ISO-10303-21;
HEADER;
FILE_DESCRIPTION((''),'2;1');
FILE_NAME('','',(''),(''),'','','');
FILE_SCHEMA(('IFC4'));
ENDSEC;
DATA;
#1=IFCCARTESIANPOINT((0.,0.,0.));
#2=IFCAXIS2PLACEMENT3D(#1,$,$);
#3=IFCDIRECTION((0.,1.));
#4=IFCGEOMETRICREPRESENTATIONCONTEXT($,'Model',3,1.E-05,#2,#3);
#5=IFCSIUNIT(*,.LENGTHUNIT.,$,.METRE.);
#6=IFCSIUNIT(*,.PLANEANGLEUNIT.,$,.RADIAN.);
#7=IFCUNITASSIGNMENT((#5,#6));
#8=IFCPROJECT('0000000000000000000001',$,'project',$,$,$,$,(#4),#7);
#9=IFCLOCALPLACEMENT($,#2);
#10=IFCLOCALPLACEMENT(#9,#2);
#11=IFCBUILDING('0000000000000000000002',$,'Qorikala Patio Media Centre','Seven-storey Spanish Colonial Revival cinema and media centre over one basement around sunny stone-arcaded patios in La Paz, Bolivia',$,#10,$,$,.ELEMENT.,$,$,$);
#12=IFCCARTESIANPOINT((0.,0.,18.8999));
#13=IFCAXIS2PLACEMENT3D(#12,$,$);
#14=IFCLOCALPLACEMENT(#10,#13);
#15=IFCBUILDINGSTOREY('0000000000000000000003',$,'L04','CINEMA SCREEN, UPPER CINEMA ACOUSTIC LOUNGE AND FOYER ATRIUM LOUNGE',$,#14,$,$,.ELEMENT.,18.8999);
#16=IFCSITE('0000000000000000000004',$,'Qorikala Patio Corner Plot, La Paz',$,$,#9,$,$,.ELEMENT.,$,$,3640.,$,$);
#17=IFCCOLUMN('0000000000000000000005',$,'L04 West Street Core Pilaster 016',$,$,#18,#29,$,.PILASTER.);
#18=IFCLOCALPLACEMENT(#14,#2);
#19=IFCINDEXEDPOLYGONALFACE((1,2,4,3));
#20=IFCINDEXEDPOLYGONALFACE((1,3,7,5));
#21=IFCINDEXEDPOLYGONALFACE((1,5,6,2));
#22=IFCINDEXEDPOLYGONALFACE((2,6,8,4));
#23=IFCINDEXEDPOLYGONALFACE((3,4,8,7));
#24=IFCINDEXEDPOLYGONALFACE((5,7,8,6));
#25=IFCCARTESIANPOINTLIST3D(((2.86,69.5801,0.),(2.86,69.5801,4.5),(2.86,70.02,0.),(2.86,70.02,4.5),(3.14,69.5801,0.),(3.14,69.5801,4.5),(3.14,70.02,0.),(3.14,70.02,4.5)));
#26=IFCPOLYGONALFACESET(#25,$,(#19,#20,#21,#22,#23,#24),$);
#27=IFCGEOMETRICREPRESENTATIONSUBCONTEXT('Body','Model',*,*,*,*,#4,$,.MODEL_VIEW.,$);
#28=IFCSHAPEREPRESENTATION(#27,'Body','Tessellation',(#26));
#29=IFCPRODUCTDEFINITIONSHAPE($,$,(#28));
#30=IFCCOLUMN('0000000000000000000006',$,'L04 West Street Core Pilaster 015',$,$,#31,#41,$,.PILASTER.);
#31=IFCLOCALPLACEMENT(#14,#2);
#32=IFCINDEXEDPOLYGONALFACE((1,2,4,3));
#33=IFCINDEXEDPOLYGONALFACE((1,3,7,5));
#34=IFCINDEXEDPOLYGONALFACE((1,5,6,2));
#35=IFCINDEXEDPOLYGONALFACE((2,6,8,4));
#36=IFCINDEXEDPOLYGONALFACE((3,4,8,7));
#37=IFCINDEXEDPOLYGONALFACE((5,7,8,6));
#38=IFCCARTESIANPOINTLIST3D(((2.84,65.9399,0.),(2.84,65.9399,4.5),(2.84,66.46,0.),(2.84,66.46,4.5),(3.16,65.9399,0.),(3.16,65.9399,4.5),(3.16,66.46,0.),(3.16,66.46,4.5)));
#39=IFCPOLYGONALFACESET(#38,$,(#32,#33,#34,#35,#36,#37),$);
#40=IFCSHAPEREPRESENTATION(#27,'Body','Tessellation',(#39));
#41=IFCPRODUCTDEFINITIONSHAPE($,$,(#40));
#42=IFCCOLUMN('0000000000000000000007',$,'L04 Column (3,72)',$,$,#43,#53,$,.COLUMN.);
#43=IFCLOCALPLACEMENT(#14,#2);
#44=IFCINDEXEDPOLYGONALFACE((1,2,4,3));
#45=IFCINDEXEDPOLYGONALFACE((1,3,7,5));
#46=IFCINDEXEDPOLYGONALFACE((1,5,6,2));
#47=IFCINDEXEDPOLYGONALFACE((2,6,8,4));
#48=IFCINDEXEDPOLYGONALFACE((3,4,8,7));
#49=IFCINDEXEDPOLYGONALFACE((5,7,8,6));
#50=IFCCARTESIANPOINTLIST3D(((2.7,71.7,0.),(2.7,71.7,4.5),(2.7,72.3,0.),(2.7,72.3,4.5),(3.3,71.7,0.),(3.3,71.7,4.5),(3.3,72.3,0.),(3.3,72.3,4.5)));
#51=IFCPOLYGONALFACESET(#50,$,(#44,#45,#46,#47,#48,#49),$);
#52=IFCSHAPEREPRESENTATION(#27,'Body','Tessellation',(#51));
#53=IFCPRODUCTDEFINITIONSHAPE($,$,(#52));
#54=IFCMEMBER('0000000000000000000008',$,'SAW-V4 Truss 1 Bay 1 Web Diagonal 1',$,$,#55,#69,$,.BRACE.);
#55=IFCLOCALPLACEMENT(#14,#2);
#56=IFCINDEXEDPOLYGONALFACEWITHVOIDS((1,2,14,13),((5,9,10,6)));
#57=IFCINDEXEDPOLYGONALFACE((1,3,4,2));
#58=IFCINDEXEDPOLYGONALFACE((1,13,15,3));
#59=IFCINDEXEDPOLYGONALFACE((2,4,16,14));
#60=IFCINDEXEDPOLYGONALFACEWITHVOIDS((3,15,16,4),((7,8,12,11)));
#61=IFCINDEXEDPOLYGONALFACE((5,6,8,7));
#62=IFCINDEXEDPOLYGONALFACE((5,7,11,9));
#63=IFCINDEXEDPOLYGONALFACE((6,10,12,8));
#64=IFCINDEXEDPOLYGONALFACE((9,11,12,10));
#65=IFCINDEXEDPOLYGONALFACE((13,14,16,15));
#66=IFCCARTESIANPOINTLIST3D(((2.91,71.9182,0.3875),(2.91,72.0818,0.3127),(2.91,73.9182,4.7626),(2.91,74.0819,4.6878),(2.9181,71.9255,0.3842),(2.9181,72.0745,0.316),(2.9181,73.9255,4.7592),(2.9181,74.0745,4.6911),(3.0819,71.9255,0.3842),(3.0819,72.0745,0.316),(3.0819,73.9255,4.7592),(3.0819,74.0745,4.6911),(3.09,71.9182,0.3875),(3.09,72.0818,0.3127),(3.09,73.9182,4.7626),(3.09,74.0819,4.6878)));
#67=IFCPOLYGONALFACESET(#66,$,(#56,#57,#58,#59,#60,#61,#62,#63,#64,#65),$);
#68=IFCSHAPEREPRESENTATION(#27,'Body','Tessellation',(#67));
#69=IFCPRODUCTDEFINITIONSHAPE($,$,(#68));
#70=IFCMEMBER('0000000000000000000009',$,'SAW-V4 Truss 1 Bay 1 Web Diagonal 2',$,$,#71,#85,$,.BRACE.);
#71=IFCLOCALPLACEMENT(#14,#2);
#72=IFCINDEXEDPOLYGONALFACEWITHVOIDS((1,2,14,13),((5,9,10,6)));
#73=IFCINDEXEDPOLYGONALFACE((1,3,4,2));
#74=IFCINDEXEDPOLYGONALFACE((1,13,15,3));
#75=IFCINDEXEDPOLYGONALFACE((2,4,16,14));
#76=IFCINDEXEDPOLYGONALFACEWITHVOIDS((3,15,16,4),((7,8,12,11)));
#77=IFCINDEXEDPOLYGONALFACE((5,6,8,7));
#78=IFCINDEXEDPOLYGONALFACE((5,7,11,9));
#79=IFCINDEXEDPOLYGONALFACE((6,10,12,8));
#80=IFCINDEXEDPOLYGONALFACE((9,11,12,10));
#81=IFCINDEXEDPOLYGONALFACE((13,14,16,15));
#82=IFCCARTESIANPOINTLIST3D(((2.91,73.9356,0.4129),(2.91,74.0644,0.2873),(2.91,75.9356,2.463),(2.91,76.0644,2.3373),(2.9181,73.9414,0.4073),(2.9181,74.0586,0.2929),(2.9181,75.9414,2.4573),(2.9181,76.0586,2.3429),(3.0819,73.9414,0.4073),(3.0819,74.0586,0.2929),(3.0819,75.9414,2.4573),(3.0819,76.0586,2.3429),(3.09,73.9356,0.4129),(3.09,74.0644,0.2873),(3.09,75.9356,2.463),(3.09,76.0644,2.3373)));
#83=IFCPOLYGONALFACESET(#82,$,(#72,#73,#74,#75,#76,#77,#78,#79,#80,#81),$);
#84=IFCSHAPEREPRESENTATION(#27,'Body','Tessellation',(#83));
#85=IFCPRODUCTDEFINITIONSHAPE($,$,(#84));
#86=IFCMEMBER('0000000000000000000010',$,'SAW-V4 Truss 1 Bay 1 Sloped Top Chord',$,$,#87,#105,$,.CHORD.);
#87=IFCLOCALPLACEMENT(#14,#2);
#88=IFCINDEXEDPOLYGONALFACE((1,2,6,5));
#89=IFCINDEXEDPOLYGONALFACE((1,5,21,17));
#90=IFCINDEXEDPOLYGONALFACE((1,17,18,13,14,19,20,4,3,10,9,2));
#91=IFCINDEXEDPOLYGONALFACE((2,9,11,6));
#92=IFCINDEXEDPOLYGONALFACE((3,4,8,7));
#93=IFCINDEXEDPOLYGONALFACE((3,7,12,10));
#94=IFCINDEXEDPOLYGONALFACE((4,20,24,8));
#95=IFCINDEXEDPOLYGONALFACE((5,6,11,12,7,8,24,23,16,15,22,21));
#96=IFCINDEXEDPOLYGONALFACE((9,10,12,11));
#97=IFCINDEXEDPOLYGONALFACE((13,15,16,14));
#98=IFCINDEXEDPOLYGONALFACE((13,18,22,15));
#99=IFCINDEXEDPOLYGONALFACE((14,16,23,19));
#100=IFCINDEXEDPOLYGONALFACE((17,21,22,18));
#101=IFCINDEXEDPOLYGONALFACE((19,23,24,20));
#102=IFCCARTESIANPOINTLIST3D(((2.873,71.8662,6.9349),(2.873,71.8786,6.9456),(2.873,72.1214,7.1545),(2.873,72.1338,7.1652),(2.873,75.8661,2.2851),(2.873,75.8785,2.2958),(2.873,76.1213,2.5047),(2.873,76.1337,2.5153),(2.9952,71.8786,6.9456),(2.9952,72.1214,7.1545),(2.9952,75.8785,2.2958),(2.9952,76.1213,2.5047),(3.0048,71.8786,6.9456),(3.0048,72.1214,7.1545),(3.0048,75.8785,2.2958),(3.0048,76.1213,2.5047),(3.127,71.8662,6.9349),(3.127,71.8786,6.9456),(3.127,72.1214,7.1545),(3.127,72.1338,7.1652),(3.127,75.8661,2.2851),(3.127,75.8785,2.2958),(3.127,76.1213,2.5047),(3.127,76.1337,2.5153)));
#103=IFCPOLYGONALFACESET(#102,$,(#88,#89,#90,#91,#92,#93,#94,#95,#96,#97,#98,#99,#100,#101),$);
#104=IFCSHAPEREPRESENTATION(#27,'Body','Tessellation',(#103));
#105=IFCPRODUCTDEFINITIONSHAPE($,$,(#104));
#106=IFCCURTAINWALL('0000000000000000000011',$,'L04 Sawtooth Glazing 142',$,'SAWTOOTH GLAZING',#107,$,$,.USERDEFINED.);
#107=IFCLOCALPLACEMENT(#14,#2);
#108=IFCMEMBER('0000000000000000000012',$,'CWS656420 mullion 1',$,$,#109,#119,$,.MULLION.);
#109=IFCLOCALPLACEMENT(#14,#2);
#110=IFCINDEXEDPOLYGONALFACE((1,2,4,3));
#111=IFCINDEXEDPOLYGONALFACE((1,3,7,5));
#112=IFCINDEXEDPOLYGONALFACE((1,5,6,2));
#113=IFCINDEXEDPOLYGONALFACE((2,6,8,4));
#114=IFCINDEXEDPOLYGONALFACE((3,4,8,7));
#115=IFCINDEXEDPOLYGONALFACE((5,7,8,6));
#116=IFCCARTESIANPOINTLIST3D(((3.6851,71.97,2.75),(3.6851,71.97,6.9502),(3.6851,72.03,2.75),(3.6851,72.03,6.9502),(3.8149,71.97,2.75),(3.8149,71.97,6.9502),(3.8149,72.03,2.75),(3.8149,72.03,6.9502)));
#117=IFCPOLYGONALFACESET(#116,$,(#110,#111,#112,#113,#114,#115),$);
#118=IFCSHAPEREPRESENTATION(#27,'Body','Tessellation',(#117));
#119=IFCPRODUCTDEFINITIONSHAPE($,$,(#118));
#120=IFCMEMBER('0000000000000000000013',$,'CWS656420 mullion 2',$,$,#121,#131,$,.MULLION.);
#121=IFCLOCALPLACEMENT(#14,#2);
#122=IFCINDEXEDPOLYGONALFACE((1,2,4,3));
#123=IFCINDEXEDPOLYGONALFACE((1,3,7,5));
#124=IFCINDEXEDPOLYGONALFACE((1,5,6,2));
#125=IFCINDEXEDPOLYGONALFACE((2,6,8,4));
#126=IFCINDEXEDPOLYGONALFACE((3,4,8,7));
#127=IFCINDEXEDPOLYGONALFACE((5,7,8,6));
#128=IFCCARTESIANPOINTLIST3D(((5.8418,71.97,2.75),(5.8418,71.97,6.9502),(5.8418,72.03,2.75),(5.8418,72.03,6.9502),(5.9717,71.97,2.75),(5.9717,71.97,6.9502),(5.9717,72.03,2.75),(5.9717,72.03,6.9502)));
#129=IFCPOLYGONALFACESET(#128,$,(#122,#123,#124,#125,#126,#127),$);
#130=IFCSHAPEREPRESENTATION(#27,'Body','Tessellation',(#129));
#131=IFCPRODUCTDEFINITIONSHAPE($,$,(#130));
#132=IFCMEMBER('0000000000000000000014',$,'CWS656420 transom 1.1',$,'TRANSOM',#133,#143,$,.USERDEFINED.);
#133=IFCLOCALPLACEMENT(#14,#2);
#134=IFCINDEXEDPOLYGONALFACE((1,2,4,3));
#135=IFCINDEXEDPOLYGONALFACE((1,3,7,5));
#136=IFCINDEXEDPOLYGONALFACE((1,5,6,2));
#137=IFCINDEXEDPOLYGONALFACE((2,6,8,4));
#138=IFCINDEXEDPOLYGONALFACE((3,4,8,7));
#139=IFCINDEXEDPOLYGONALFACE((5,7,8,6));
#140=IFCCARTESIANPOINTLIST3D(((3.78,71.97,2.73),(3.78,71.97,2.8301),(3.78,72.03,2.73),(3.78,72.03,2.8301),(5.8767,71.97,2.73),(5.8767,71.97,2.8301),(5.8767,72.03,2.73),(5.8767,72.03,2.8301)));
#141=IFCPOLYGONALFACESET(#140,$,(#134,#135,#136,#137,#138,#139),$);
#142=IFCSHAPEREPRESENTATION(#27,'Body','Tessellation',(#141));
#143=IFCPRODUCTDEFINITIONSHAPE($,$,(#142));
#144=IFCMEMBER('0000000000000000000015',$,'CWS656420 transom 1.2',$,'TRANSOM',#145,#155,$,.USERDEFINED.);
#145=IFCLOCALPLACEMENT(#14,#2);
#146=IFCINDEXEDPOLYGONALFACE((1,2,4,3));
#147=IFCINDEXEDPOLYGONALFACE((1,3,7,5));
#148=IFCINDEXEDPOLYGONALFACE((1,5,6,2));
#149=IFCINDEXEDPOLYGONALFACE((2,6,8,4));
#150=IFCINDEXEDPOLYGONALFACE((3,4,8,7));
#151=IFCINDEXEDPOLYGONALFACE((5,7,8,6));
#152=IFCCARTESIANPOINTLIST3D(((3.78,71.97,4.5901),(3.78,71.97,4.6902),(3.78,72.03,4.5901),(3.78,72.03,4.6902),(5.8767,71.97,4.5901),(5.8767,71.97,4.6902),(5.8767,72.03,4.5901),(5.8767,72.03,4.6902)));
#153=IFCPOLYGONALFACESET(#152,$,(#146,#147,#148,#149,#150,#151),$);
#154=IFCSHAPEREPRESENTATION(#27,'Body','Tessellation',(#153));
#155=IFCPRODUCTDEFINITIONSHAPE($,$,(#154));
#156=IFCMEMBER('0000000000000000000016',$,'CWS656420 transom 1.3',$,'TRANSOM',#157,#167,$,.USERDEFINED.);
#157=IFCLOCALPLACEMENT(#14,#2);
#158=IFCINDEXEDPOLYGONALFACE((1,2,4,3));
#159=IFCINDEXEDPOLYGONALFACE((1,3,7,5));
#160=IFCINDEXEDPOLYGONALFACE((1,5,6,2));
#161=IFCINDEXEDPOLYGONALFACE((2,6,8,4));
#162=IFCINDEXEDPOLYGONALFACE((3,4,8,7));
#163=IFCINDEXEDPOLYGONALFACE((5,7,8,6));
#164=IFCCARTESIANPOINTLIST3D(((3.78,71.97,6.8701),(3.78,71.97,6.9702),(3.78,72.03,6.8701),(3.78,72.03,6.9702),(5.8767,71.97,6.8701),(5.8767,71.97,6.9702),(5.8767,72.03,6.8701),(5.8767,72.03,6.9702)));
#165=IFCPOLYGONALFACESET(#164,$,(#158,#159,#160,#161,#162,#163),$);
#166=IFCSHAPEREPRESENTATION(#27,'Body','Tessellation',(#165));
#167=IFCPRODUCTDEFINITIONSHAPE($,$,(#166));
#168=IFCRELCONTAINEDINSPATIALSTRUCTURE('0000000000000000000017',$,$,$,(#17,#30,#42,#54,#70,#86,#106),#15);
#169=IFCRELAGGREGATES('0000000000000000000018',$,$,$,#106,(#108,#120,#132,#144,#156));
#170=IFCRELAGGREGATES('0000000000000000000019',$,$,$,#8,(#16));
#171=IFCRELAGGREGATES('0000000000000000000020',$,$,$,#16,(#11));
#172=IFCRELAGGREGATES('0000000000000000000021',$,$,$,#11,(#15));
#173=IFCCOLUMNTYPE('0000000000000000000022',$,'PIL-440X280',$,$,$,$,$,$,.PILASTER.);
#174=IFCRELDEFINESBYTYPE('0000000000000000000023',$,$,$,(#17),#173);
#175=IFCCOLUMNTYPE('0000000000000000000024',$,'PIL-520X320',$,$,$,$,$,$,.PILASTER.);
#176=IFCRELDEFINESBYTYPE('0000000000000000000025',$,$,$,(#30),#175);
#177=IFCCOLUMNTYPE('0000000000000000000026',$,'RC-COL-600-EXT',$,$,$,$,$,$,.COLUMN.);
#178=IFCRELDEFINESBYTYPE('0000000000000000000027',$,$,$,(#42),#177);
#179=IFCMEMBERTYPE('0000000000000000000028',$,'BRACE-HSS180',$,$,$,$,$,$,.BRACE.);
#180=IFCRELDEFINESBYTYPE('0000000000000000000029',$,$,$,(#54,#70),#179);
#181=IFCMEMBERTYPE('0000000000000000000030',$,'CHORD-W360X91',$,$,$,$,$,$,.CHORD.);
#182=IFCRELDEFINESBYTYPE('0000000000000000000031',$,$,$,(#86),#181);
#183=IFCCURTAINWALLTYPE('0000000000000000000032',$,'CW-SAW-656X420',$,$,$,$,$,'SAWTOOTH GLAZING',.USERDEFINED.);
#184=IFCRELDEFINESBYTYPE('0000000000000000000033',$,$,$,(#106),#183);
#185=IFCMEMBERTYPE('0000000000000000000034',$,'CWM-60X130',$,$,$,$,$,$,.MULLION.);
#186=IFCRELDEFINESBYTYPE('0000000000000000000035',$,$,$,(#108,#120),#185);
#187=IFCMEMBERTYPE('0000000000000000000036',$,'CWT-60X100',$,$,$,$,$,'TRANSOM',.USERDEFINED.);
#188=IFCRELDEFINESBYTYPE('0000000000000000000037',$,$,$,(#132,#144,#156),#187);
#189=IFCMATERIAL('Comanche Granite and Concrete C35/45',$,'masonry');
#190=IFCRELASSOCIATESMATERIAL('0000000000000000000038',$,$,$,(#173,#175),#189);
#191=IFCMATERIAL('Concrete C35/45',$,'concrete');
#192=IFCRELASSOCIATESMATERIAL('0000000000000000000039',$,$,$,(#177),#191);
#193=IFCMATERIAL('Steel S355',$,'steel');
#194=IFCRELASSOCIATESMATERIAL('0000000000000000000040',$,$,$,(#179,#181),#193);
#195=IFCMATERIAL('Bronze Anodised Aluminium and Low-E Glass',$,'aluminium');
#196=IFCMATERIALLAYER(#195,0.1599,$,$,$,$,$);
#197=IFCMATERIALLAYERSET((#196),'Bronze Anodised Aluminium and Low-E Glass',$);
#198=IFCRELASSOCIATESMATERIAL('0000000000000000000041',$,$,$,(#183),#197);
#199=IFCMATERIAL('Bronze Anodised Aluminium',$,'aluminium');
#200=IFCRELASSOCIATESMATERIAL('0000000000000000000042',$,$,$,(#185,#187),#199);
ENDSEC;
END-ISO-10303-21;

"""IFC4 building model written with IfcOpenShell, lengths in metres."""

from ifc_helpers import new_model, si_unit, direction, frame, origin, origin_2d, place, context, subcontext, project, spatial, rectangle, hollow_rectangle, i_section, extrude, material, layer, layer_set, material_profile, profile_set, type_object, element, aggregate, save


model = new_model("IFC4")

# Units and contexts
model_context = context("Model", 3, precision=1e-05, world=origin(), true_north=direction((0.0, 1.0)))
body_context = subcontext(model_context, "Body", "Model", "MODEL_VIEW")
ifc_project = project(units=[si_unit("LENGTHUNIT", "METRE"), si_unit("PLANEANGLEUNIT", "RADIAN")], contexts=[model_context])

# Site, building, storey
site_placement = place(None, origin())
site = spatial("IfcSite", under=ifc_project, at=site_placement, Name="Qorikala Patio Corner Plot, La Paz", CompositionType="ELEMENT", RefElevation=3640.0)
building_placement = place(site_placement, origin())
building = spatial("IfcBuilding", under=site, at=building_placement, Name="Qorikala Patio Media Centre", Description="Seven-storey Spanish Colonial Revival cinema and media centre over one basement around sunny stone-arcaded patios in La Paz, Bolivia", CompositionType="ELEMENT")
storey_placement = place(building_placement, frame((0.0, 0.0, 18.8999)))
storey = spatial("IfcBuildingStorey", under=building, at=storey_placement, Name="L04", Description="CINEMA SCREEN, UPPER CINEMA ACOUSTIC LOUNGE AND FOYER ATRIUM LOUNGE", CompositionType="ELEMENT", Elevation=18.8999)

# Columns
ifc_material_1 = material(Name="Comanche Granite and Concrete C35/45", Category="masonry")
ifc_material_profile_1 = material_profile(ifc_material_1, rectangle(XDim=0.4399, YDim=0.28, at=origin_2d()), Name="PIL 440x280")
ifc_profile_set_1 = profile_set([ifc_material_profile_1], Name="Comanche Granite and Concrete C35/45")
column_type_1 = type_object("IfcColumnType", Name="PIL-440X280", PredefinedType="PILASTER", material=ifc_profile_set_1)
column_1_placement = place(storey_placement, frame((3.0, 69.8, 0.0), z_axis=(0.0, 0.0, 1.0), x_axis=(0.0, 1.0, 0.0)))
element("IfcColumn", 1, at=column_1_placement, inside=storey, type_object=column_type_1, Name="L04 West Street Core Pilaster 016", PredefinedType="PILASTER", context=body_context, shape_type="SweptSolid", body=[
    extrude(rectangle(XDim=0.4399, YDim=0.28, at=origin_2d()), origin(), (0.0, 0.0, 1.0), 4.5),
])
ifc_material_profile_2 = material_profile(ifc_material_1, rectangle(XDim=0.52, YDim=0.3201, at=origin_2d()), Name="PIL 520x320")
ifc_profile_set_2 = profile_set([ifc_material_profile_2], Name="Comanche Granite and Concrete C35/45")
column_type_2 = type_object("IfcColumnType", Name="PIL-520X320", PredefinedType="PILASTER", material=ifc_profile_set_2)
column_2_placement = place(storey_placement, frame((3.0, 66.2, 0.0), z_axis=(0.0, 0.0, 1.0), x_axis=(0.0, 1.0, 0.0)))
element("IfcColumn", 2, at=column_2_placement, inside=storey, type_object=column_type_2, Name="L04 West Street Core Pilaster 015", PredefinedType="PILASTER", context=body_context, shape_type="SweptSolid", body=[
    extrude(rectangle(XDim=0.52, YDim=0.3201, at=origin_2d()), origin(), (0.0, 0.0, 1.0), 4.5),
])
ifc_material_2 = material(Name="Concrete C35/45", Category="concrete")
ifc_material_profile_3 = material_profile(ifc_material_2, rectangle(XDim=0.6001, YDim=0.6001, at=origin_2d()), Name="RC 600x600")
ifc_profile_set_3 = profile_set([ifc_material_profile_3], Name="Concrete C35/45")
column_type_3 = type_object("IfcColumnType", Name="RC-COL-600-EXT", PredefinedType="COLUMN", material=ifc_profile_set_3)
column_3_placement = place(storey_placement, frame((3.0, 72.0, 0.0), z_axis=(0.0, 0.0, 1.0), x_axis=(1.0, 0.0, 0.0)))
element("IfcColumn", 3, at=column_3_placement, inside=storey, type_object=column_type_3, Name="L04 Column (3,72)", PredefinedType="COLUMN", context=body_context, shape_type="SweptSolid", body=[
    extrude(rectangle(XDim=0.6001, YDim=0.6001, at=origin_2d()), origin(), (0.0, 0.0, 1.0), 4.5),
])

# Members
ifc_material_3 = material(Name="Steel S355", Category="steel")
ifc_material_profile_4 = material_profile(ifc_material_3, hollow_rectangle(XDim=0.1799, YDim=0.1799, WallThickness=0.0081, at=origin_2d()), Name="HSS180X180X8")
ifc_profile_set_4 = profile_set([ifc_material_profile_4], Name="Steel S355")
member_type_1 = type_object("IfcMemberType", Name="BRACE-HSS180", PredefinedType="BRACE", material=ifc_profile_set_4)
member_1_placement = place(storey_placement, frame((3.0, 72.0, 0.3501), z_axis=(0.0, 0.41576, 0.909474), x_axis=(-1.0, 0.0, 0.0)))
element("IfcMember", 4, at=member_1_placement, inside=storey, type_object=member_type_1, Name="SAW-V4 Truss 1 Bay 1 Web Diagonal 1", PredefinedType="BRACE", context=body_context, shape_type="SweptSolid", body=[
    extrude(hollow_rectangle(XDim=0.1799, YDim=0.1799, WallThickness=0.0081, at=origin_2d()), origin(), (0.0, 0.0, 1.0), 4.8105),
])
member_2_placement = place(storey_placement, frame((3.0, 74.0, 0.3501), z_axis=(0.0, 0.698315, 0.71579), x_axis=(-1.0, 0.0, 0.0)))
element("IfcMember", 5, at=member_2_placement, inside=storey, type_object=member_type_1, Name="SAW-V4 Truss 1 Bay 1 Web Diagonal 2", PredefinedType="BRACE", context=body_context, shape_type="SweptSolid", body=[
    extrude(hollow_rectangle(XDim=0.1799, YDim=0.1799, WallThickness=0.0081, at=origin_2d()), origin(), (0.0, 0.0, 1.0), 2.864),
])
ifc_material_profile_5 = material_profile(ifc_material_3, i_section(OverallWidth=0.2539, OverallDepth=0.353, WebThickness=0.0095, FlangeThickness=0.0164, at=origin_2d()), Name="W360X91")
ifc_profile_set_5 = profile_set([ifc_material_profile_5], Name="Steel S355")
member_type_2 = type_object("IfcMemberType", Name="CHORD-W360X91", PredefinedType="CHORD", material=ifc_profile_set_5)
member_3_placement = place(storey_placement, frame((3.0, 72.0, 7.05), z_axis=(0.0, 0.652141, -0.758098), x_axis=(-1.0, 0.0, 0.0)))
element("IfcMember", 6, at=member_3_placement, inside=storey, type_object=member_type_2, Name="SAW-V4 Truss 1 Bay 1 Sloped Top Chord", PredefinedType="CHORD", context=body_context, shape_type="SweptSolid", body=[
    extrude(i_section(OverallWidth=0.2539, OverallDepth=0.353, WebThickness=0.0095, FlangeThickness=0.0164, at=origin_2d()), origin(), (0.0, 0.0, 1.0), 6.1335),
])

# Curtain wall, members
ifc_material_4 = material(Name="Bronze Anodised Aluminium and Low-E Glass", Category="aluminium")
ifc_layer_1 = layer(ifc_material_4, 0.1599)
ifc_layer_set_1 = layer_set([ifc_layer_1], Name="Bronze Anodised Aluminium and Low-E Glass")
curtain_wall_type = type_object("IfcCurtainWallType", Name="CW-SAW-656X420", ElementType="SAWTOOTH GLAZING", PredefinedType="USERDEFINED", material=ifc_layer_set_1)
curtain_wall_placement = place(storey_placement, origin())
curtain_wall = element("IfcCurtainWall", 7, at=curtain_wall_placement, inside=storey, type_object=curtain_wall_type, Name="L04 Sawtooth Glazing 142", ObjectType="SAWTOOTH GLAZING", PredefinedType="USERDEFINED")
ifc_material_5 = material(Name="Bronze Anodised Aluminium", Category="aluminium")
ifc_material_profile_6 = material_profile(ifc_material_5, rectangle(XDim=0.0601, YDim=0.1299, at=origin_2d()), Name="ALU MULLION 60x130")
ifc_profile_set_6 = profile_set([ifc_material_profile_6], Name="Bronze Anodised Aluminium")
member_type_3 = type_object("IfcMemberType", Name="CWM-60X130", PredefinedType="MULLION", material=ifc_profile_set_6)
member_4_placement = place(storey_placement, frame((3.75, 72.0, 2.75), z_axis=(0.0, 0.0, 1.0), x_axis=(0.0, 1.0, 0.0)))
member_4 = element("IfcMember", 8, at=member_4_placement, type_object=member_type_3, Name="CWS656420 mullion 1", PredefinedType="MULLION", context=body_context, shape_type="SweptSolid", body=[
    extrude(rectangle(XDim=0.0601, YDim=0.1299, at=origin_2d()), origin(), (0.0, 0.0, 1.0), 4.2002),
])
member_5_placement = place(storey_placement, frame((5.9067, 72.0, 2.75), z_axis=(0.0, 0.0, 1.0), x_axis=(0.0, 1.0, 0.0)))
member_5 = element("IfcMember", 9, at=member_5_placement, type_object=member_type_3, Name="CWS656420 mullion 2", PredefinedType="MULLION", context=body_context, shape_type="SweptSolid", body=[
    extrude(rectangle(XDim=0.0601, YDim=0.1299, at=origin_2d()), origin(), (0.0, 0.0, 1.0), 4.2002),
])
ifc_material_profile_7 = material_profile(ifc_material_5, rectangle(XDim=0.0601, YDim=0.1001, at=origin_2d()), Name="ALU TRANSOM 60x100")
ifc_profile_set_7 = profile_set([ifc_material_profile_7], Name="Bronze Anodised Aluminium")
member_type_4 = type_object("IfcMemberType", Name="CWT-60X100", ElementType="TRANSOM", PredefinedType="USERDEFINED", material=ifc_profile_set_7)
member_6_placement = place(storey_placement, frame((3.78, 72.0, 2.78), z_axis=(1.0, 0.0, 0.0), x_axis=(0.0, 1.0, 0.0)))
member_6 = element("IfcMember", 10, at=member_6_placement, type_object=member_type_4, Name="CWS656420 transom 1.1", ObjectType="TRANSOM", PredefinedType="USERDEFINED", context=body_context, shape_type="SweptSolid", body=[
    extrude(rectangle(XDim=0.0601, YDim=0.1001, at=origin_2d()), origin(), (0.0, 0.0, 1.0), 2.0967),
])
member_7_placement = place(storey_placement, frame((3.78, 72.0, 4.6401), z_axis=(1.0, 0.0, 0.0), x_axis=(0.0, 1.0, 0.0)))
member_7 = element("IfcMember", 11, at=member_7_placement, type_object=member_type_4, Name="CWS656420 transom 1.2", ObjectType="TRANSOM", PredefinedType="USERDEFINED", context=body_context, shape_type="SweptSolid", body=[
    extrude(rectangle(XDim=0.0601, YDim=0.1001, at=origin_2d()), origin(), (0.0, 0.0, 1.0), 2.0967),
])
member_8_placement = place(storey_placement, frame((3.78, 72.0, 6.9202), z_axis=(1.0, 0.0, 0.0), x_axis=(0.0, 1.0, 0.0)))
member_8 = element("IfcMember", 12, at=member_8_placement, type_object=member_type_4, Name="CWS656420 transom 1.3", ObjectType="TRANSOM", PredefinedType="USERDEFINED", context=body_context, shape_type="SweptSolid", body=[
    extrude(rectangle(XDim=0.0601, YDim=0.1001, at=origin_2d()), origin(), (0.0, 0.0, 1.0), 2.0967),
])

aggregate(curtain_wall, [member_4, member_5, member_6, member_7, member_8])

save(model, "model.ifc")
